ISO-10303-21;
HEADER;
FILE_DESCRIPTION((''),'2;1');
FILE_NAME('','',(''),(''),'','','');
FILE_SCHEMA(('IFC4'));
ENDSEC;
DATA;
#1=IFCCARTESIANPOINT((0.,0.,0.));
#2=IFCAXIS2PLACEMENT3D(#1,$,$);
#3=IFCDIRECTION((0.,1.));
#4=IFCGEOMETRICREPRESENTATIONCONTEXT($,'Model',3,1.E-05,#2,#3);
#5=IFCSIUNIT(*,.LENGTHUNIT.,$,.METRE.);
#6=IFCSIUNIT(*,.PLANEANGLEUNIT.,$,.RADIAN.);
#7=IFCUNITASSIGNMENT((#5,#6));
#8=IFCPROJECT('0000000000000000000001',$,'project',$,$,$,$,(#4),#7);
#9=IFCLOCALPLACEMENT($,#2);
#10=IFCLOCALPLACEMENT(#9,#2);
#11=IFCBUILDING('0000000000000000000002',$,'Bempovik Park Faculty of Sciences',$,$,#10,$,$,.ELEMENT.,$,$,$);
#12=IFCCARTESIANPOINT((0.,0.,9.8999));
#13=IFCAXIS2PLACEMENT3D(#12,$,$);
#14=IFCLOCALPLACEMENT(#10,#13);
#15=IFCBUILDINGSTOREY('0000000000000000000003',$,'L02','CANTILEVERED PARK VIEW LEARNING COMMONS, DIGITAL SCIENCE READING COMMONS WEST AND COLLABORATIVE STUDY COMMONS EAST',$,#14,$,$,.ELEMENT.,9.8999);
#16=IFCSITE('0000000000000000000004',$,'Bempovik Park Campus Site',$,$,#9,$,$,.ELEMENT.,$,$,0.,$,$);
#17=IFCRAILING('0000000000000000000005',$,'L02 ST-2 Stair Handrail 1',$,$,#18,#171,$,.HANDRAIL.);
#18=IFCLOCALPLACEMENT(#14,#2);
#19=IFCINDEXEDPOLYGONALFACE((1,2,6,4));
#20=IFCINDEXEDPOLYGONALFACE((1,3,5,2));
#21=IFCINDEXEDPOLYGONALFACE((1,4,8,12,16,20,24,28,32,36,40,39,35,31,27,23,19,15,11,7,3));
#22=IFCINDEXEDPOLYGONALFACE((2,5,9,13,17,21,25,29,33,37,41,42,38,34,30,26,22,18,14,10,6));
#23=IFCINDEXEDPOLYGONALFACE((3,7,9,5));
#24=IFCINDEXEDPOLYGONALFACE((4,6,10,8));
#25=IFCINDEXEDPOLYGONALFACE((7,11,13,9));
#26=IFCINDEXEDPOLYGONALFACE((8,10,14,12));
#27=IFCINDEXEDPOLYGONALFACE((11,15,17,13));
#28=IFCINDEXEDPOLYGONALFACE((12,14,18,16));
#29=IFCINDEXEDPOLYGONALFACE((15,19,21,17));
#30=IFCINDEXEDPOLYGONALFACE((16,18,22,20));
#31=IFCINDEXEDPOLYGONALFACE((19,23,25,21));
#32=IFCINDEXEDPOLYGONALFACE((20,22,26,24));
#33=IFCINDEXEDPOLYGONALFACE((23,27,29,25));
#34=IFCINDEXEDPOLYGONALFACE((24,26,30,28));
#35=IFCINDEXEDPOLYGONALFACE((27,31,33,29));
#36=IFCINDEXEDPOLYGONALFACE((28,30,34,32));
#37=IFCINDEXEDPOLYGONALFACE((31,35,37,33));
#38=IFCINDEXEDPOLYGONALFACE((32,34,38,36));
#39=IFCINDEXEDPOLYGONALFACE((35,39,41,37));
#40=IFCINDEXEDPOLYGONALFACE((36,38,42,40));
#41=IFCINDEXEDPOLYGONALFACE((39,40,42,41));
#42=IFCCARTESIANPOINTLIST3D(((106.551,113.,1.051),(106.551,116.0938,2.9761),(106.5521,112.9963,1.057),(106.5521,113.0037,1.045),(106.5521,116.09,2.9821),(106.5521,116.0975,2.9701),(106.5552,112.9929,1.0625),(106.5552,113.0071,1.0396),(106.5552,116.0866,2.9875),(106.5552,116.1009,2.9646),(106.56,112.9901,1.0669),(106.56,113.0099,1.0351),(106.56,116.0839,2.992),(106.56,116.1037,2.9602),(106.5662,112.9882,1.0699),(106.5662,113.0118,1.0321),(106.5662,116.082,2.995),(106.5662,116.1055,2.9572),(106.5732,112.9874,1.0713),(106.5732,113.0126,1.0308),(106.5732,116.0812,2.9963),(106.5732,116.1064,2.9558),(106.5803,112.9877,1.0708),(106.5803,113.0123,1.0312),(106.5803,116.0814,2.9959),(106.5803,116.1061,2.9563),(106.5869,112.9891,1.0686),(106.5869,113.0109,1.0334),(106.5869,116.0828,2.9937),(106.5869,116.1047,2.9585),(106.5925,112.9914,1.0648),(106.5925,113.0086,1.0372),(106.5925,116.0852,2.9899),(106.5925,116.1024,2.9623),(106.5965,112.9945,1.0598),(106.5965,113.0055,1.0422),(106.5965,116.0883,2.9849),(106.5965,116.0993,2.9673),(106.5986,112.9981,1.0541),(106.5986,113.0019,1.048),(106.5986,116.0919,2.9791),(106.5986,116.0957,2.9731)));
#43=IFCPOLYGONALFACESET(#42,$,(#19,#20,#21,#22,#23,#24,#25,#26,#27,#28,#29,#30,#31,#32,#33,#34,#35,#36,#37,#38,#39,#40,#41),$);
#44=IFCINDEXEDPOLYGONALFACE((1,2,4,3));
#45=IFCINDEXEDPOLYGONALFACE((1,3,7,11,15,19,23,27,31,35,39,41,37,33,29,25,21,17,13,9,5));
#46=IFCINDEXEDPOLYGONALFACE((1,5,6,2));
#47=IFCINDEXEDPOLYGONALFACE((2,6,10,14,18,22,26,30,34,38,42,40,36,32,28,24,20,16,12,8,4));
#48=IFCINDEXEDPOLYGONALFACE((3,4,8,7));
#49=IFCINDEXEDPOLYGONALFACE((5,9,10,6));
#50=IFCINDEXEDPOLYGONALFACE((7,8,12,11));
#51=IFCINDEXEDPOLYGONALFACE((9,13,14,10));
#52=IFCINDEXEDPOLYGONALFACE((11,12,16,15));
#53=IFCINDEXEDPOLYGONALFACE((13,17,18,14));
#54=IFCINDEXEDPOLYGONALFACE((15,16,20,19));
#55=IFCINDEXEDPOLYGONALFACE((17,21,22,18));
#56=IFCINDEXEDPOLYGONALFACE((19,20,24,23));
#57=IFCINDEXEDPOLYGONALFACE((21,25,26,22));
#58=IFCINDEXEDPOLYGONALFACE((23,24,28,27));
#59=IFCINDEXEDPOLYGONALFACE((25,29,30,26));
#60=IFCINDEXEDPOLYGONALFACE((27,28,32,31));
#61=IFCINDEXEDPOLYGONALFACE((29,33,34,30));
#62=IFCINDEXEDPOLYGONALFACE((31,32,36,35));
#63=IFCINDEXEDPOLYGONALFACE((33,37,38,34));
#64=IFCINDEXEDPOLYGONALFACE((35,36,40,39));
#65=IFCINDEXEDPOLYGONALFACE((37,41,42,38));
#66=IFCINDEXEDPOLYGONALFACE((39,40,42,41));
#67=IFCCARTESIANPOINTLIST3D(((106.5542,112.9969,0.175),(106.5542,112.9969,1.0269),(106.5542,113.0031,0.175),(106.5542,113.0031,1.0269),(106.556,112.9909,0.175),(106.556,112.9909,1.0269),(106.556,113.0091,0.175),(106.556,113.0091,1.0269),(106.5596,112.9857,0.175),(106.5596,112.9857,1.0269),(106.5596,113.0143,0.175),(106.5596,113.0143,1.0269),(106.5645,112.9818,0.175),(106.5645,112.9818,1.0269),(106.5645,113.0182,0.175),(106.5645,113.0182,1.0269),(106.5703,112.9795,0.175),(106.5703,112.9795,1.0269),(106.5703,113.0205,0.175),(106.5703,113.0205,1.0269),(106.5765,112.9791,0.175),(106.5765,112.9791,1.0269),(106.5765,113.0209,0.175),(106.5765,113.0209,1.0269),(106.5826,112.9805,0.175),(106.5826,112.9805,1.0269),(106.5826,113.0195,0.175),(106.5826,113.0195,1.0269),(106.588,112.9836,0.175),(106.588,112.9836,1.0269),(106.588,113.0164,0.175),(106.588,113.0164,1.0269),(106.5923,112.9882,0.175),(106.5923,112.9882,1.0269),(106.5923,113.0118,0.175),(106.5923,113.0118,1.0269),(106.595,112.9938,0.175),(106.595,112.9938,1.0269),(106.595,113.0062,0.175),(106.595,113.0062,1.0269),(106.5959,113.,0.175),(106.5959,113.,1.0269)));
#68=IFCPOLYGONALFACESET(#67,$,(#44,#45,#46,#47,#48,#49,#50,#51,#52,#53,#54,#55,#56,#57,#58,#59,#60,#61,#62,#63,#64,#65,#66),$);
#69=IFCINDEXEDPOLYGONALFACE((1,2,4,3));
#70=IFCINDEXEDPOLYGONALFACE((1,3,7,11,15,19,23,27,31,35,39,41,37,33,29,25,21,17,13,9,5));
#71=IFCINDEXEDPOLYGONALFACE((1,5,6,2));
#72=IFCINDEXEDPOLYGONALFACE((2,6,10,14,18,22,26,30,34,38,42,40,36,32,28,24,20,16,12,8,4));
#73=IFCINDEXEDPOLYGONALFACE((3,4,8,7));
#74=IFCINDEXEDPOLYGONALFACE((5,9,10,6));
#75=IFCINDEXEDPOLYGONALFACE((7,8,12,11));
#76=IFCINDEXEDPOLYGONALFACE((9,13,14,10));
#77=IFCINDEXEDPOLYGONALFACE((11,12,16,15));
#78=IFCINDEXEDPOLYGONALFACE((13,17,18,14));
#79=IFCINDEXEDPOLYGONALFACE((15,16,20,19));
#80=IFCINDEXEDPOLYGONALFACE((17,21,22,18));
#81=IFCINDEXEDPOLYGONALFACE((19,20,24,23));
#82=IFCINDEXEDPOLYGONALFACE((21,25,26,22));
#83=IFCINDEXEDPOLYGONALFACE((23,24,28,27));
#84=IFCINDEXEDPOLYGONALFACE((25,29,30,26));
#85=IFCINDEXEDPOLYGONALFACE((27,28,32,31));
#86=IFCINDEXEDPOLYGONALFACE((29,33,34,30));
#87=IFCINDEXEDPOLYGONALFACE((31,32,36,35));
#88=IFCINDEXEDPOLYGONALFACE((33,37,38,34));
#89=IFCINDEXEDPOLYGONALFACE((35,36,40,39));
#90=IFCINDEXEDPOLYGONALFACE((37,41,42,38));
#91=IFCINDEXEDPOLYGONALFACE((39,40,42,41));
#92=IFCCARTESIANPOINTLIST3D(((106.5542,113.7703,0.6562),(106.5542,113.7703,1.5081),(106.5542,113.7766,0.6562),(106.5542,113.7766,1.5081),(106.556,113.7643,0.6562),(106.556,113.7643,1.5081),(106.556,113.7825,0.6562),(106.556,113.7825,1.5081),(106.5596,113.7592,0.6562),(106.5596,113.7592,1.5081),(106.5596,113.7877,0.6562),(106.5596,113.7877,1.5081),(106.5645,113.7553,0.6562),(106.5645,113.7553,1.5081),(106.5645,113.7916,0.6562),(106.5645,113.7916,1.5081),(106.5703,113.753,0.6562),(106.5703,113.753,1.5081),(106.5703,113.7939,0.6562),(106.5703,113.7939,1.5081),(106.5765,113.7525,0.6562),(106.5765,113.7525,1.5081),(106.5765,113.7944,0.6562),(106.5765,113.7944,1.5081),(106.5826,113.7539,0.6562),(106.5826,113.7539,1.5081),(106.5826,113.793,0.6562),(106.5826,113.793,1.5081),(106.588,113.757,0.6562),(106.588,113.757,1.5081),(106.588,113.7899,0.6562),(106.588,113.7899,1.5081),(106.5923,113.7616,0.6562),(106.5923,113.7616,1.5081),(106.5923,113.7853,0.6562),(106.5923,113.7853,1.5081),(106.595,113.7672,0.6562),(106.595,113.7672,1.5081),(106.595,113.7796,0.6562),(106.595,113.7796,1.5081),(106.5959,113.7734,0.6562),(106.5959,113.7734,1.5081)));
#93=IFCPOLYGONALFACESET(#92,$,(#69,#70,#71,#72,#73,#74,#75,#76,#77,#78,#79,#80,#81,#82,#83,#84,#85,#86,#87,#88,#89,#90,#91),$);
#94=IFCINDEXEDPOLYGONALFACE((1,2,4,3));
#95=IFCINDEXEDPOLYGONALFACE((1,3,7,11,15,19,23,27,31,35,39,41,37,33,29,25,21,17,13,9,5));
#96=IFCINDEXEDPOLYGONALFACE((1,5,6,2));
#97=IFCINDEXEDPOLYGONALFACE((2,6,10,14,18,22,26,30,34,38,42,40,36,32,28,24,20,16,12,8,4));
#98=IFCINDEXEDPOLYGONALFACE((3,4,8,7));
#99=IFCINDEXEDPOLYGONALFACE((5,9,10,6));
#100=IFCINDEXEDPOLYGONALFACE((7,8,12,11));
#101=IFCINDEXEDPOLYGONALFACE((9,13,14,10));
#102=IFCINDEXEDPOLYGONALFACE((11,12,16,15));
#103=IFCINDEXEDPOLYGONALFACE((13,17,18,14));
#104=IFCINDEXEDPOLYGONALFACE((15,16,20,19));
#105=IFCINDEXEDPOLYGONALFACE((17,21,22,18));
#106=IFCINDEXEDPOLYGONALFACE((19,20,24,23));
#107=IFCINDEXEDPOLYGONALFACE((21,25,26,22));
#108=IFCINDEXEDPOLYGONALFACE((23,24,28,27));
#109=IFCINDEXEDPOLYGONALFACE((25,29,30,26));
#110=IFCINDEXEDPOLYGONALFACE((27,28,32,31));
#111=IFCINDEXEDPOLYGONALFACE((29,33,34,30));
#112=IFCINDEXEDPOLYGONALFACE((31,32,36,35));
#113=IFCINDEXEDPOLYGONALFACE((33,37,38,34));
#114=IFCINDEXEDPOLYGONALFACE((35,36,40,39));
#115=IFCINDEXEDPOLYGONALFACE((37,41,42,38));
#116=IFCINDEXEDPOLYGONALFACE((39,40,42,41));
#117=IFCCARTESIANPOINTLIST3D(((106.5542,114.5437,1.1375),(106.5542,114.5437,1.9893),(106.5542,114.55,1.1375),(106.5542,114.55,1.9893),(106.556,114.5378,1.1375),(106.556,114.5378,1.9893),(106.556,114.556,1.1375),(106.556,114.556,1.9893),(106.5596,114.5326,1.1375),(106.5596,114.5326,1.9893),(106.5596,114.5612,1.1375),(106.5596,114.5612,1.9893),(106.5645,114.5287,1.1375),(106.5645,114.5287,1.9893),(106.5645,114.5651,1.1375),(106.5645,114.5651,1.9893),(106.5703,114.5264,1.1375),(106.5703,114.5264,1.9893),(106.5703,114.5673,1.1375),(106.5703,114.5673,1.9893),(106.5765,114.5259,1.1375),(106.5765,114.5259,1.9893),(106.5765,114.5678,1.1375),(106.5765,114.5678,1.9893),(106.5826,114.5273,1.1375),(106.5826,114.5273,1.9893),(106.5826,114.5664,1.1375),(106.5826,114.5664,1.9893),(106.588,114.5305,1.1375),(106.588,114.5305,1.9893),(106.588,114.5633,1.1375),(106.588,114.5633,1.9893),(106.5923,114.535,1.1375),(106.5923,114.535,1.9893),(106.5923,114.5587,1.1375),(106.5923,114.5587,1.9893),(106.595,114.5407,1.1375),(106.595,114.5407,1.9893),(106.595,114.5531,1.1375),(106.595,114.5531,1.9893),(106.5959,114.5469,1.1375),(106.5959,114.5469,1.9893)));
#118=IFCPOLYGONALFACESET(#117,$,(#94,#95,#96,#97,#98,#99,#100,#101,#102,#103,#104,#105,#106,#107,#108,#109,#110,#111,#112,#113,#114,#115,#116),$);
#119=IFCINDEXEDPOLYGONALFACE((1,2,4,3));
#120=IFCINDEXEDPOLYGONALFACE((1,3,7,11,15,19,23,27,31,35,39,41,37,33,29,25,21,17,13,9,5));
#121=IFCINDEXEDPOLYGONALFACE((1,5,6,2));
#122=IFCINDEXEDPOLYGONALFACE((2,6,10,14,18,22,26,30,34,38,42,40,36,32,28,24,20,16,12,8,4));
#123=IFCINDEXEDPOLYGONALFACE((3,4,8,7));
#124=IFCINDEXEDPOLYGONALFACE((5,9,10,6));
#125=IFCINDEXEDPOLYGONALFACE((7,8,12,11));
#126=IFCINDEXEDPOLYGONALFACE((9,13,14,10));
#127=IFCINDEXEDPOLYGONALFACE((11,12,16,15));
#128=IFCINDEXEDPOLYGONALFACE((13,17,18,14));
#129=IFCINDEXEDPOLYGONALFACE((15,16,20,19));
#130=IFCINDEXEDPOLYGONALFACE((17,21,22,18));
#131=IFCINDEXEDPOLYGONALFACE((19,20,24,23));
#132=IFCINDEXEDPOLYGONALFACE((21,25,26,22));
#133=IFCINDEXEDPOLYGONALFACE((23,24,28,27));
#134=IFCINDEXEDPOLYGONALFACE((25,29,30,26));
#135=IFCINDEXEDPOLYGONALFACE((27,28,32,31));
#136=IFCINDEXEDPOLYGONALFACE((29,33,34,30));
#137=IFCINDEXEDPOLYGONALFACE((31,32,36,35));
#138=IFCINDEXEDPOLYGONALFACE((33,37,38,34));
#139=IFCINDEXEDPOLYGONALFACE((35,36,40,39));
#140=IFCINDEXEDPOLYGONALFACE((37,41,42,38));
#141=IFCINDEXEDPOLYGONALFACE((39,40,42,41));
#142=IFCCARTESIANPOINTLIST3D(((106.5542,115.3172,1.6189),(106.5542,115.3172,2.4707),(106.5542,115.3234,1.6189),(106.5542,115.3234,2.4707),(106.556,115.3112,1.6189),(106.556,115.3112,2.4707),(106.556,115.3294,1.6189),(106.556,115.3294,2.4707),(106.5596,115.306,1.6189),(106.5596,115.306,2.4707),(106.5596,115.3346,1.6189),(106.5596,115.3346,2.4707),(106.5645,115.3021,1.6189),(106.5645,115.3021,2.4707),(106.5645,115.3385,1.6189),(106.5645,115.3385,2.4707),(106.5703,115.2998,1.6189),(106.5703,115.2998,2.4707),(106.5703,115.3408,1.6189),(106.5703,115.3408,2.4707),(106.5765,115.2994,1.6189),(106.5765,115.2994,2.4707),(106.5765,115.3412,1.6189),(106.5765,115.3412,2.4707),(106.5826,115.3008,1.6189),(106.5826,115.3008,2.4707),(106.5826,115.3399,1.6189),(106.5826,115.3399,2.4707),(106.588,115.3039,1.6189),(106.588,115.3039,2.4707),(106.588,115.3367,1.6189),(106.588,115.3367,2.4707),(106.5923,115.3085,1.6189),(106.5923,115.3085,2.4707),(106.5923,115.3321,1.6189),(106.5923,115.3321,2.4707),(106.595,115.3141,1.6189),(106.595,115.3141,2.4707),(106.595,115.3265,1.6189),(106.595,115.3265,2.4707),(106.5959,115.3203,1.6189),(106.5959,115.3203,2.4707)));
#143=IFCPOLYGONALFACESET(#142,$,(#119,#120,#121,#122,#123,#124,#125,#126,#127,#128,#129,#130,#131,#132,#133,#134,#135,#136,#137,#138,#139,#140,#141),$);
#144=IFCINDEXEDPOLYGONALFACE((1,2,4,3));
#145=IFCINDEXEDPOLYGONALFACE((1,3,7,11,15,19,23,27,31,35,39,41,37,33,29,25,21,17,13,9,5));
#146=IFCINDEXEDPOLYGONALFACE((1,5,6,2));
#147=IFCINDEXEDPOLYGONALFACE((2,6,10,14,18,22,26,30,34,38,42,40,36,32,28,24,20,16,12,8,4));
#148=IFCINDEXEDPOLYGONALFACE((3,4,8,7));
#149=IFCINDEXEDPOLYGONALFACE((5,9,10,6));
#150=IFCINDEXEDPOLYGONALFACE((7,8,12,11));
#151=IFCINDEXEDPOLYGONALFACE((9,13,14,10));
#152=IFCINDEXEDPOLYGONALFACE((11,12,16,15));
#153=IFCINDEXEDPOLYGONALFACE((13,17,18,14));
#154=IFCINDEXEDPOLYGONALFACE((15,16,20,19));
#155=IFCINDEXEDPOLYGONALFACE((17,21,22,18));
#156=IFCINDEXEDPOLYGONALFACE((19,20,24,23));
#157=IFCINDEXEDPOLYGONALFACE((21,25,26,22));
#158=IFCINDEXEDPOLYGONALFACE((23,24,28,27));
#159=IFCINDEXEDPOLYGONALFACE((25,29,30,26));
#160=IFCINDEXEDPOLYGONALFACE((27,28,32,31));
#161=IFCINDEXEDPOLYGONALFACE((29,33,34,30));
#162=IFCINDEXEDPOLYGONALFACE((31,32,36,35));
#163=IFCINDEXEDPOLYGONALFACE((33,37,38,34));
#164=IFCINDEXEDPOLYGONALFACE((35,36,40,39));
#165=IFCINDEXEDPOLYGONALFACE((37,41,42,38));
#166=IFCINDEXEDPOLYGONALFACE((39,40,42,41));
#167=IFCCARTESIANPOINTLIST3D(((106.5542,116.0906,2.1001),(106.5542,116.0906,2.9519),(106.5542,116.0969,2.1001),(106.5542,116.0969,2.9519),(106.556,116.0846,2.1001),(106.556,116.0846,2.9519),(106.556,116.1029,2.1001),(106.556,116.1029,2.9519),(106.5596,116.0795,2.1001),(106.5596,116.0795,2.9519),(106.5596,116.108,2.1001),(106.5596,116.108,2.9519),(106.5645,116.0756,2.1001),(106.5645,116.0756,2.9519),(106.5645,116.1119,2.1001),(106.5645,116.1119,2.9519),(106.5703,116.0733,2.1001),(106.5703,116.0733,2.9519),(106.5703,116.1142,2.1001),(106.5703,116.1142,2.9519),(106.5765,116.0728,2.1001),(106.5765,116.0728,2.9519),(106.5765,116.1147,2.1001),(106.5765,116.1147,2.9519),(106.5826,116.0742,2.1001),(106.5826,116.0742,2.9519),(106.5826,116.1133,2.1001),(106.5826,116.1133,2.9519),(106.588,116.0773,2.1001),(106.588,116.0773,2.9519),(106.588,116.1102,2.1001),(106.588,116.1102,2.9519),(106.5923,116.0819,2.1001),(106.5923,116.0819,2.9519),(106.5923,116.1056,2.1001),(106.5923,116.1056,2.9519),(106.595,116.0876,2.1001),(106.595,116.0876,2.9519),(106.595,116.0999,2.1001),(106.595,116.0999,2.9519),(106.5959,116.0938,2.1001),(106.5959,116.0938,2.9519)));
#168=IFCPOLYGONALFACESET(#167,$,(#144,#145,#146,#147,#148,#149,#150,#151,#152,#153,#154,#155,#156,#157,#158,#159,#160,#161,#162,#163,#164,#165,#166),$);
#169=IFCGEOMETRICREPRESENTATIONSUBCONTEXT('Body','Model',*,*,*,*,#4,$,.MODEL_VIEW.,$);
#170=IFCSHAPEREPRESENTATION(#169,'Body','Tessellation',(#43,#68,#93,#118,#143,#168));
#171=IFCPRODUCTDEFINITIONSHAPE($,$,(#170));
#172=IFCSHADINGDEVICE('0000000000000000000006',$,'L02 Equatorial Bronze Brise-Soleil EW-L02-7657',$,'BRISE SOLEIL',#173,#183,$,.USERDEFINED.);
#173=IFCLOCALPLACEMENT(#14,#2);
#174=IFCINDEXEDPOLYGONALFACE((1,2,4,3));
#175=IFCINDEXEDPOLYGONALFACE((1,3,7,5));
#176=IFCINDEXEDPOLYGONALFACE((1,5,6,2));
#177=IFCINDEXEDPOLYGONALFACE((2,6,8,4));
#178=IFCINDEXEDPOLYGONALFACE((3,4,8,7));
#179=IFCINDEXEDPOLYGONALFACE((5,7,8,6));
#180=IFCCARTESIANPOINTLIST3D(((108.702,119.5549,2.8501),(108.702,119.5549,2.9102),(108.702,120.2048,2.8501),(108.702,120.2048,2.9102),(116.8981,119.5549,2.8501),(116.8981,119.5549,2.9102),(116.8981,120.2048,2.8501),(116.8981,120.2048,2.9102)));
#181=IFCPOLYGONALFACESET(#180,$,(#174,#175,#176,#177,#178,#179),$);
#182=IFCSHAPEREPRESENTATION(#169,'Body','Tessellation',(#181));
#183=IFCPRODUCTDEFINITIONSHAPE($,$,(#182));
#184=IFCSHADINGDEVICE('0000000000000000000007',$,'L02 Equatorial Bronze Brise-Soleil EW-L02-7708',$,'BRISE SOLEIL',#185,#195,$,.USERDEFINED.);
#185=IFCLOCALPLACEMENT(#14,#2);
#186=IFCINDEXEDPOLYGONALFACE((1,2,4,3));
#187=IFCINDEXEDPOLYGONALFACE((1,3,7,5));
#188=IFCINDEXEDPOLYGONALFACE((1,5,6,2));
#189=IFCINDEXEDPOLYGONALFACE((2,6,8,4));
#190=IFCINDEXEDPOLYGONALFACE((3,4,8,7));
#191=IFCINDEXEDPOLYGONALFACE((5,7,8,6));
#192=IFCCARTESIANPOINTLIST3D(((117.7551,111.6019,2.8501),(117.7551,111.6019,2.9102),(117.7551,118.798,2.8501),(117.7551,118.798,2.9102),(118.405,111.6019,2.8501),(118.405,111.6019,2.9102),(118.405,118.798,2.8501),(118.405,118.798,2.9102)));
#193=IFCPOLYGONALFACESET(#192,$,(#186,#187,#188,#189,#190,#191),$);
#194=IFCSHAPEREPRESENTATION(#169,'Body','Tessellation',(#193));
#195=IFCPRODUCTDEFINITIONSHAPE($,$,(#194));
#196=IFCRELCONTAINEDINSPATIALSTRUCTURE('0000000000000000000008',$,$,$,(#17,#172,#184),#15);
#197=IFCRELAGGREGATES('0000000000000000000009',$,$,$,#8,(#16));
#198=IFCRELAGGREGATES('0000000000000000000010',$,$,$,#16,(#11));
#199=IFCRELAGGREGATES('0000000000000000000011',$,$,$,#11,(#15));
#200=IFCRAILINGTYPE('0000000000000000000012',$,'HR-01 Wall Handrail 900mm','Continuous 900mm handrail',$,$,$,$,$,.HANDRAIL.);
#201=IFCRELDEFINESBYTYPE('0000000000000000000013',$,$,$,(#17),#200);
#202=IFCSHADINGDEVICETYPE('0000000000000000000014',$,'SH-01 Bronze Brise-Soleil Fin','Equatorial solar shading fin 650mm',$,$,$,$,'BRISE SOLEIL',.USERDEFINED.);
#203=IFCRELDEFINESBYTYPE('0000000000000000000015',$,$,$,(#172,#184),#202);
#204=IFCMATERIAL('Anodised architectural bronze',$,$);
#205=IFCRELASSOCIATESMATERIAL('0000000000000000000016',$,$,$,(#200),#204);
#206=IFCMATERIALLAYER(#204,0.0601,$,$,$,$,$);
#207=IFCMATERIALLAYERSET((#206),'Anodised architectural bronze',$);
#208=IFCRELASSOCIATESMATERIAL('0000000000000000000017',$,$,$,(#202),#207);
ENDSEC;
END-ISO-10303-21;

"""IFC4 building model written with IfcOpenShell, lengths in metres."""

from ifc_helpers import new_model, si_unit, direction, frame, origin, origin_2d, place, context, subcontext, project, spatial, rectangle, circle, extrude, material, layer, layer_set, type_object, element, save


model = new_model("IFC4")

# Units and contexts
model_context = context("Model", 3, precision=1e-05, world=origin(), true_north=direction((0.0, 1.0)))
body_context = subcontext(model_context, "Body", "Model", "MODEL_VIEW")
ifc_project = project(units=[si_unit("LENGTHUNIT", "METRE"), si_unit("PLANEANGLEUNIT", "RADIAN")], contexts=[model_context])

# Site, building, storey
site_placement = place(None, origin())
site = spatial("IfcSite", under=ifc_project, at=site_placement, Name="Bempovik Park Campus Site", CompositionType="ELEMENT", RefElevation=0.0)
building_placement = place(site_placement, origin())
building = spatial("IfcBuilding", under=site, at=building_placement, Name="Bempovik Park Faculty of Sciences", CompositionType="ELEMENT")
storey_placement = place(building_placement, frame((0.0, 0.0, 9.8999)))
storey = spatial("IfcBuildingStorey", under=building, at=storey_placement, Name="L02", Description="CANTILEVERED PARK VIEW LEARNING COMMONS, DIGITAL SCIENCE READING COMMONS WEST AND COLLABORATIVE STUDY COMMONS EAST", CompositionType="ELEMENT", Elevation=9.8999)

# Railing
ifc_material_1 = material(Name="Anodised architectural bronze")
railing_type_1 = type_object("IfcRailingType", Name="HR-01 Wall Handrail 900mm", Description="Continuous 900mm handrail", PredefinedType="HANDRAIL", material=ifc_material_1)
railing_1_placement = place(storey_placement, frame((106.575, 113.0, 0.175)))
element("IfcRailing", 1, at=railing_1_placement, inside=storey, type_object=railing_type_1, Name="L02 ST-2 Stair Handrail 1", PredefinedType="HANDRAIL", context=body_context, shape_type="SweptSolid", body=[
    extrude(circle(Radius=0.0239, at=origin_2d()), frame((0.0, 0.0, 0.876), z_axis=(0.0, 0.849051, 0.528312), x_axis=(-1.0, 0.0, 0.0)), (0.0, 0.0, 1.0), 3.6438),
    extrude(circle(Radius=0.021, at=origin_2d()), origin(), (0.0, 0.0, 1.0), 0.8518),
    extrude(circle(Radius=0.021, at=origin_2d()), frame((0.0, 0.7734, 0.4812)), (0.0, 0.0, 1.0), 0.8518),
    extrude(circle(Radius=0.021, at=origin_2d()), frame((0.0, 1.5469, 0.9624)), (0.0, 0.0, 1.0), 0.8518),
    extrude(circle(Radius=0.021, at=origin_2d()), frame((0.0, 2.3203, 1.4438)), (0.0, 0.0, 1.0), 0.8518),
    extrude(circle(Radius=0.021, at=origin_2d()), frame((0.0, 3.0938, 1.925)), (0.0, 0.0, 1.0), 0.8518),
])

# Shading devices
ifc_layer_1 = layer(ifc_material_1, 0.0601)
ifc_layer_set_1 = layer_set([ifc_layer_1], Name="Anodised architectural bronze")
shading_device_type = type_object("IfcShadingDeviceType", Name="SH-01 Bronze Brise-Soleil Fin", Description="Equatorial solar shading fin 650mm", ElementType="BRISE SOLEIL", PredefinedType="USERDEFINED", material=ifc_layer_set_1)
shading_device_1_placement = place(storey_placement, frame((112.8, 119.8799, 2.8501), z_axis=(0.0, 0.0, 1.0), x_axis=(1.0, 0.0, 0.0)))
element("IfcShadingDevice", 2, at=shading_device_1_placement, inside=storey, type_object=shading_device_type, Name="L02 Equatorial Bronze Brise-Soleil EW-L02-7657", ObjectType="BRISE SOLEIL", PredefinedType="USERDEFINED", context=body_context, shape_type="SweptSolid", body=[
    extrude(rectangle(XDim=8.196, YDim=0.6499, at=origin_2d()), origin(), (0.0, 0.0, 1.0), 0.0601),
])
shading_device_2_placement = place(storey_placement, frame((118.0801, 115.2, 2.8501), z_axis=(0.0, 0.0, 1.0), x_axis=(1.0, 0.0, 0.0)))
element("IfcShadingDevice", 3, at=shading_device_2_placement, inside=storey, type_object=shading_device_type, Name="L02 Equatorial Bronze Brise-Soleil EW-L02-7708", ObjectType="BRISE SOLEIL", PredefinedType="USERDEFINED", context=body_context, shape_type="SweptSolid", body=[
    extrude(rectangle(XDim=0.6499, YDim=7.196, at=origin_2d()), origin(), (0.0, 0.0, 1.0), 0.0601),
])

save(model, "model.ifc")
